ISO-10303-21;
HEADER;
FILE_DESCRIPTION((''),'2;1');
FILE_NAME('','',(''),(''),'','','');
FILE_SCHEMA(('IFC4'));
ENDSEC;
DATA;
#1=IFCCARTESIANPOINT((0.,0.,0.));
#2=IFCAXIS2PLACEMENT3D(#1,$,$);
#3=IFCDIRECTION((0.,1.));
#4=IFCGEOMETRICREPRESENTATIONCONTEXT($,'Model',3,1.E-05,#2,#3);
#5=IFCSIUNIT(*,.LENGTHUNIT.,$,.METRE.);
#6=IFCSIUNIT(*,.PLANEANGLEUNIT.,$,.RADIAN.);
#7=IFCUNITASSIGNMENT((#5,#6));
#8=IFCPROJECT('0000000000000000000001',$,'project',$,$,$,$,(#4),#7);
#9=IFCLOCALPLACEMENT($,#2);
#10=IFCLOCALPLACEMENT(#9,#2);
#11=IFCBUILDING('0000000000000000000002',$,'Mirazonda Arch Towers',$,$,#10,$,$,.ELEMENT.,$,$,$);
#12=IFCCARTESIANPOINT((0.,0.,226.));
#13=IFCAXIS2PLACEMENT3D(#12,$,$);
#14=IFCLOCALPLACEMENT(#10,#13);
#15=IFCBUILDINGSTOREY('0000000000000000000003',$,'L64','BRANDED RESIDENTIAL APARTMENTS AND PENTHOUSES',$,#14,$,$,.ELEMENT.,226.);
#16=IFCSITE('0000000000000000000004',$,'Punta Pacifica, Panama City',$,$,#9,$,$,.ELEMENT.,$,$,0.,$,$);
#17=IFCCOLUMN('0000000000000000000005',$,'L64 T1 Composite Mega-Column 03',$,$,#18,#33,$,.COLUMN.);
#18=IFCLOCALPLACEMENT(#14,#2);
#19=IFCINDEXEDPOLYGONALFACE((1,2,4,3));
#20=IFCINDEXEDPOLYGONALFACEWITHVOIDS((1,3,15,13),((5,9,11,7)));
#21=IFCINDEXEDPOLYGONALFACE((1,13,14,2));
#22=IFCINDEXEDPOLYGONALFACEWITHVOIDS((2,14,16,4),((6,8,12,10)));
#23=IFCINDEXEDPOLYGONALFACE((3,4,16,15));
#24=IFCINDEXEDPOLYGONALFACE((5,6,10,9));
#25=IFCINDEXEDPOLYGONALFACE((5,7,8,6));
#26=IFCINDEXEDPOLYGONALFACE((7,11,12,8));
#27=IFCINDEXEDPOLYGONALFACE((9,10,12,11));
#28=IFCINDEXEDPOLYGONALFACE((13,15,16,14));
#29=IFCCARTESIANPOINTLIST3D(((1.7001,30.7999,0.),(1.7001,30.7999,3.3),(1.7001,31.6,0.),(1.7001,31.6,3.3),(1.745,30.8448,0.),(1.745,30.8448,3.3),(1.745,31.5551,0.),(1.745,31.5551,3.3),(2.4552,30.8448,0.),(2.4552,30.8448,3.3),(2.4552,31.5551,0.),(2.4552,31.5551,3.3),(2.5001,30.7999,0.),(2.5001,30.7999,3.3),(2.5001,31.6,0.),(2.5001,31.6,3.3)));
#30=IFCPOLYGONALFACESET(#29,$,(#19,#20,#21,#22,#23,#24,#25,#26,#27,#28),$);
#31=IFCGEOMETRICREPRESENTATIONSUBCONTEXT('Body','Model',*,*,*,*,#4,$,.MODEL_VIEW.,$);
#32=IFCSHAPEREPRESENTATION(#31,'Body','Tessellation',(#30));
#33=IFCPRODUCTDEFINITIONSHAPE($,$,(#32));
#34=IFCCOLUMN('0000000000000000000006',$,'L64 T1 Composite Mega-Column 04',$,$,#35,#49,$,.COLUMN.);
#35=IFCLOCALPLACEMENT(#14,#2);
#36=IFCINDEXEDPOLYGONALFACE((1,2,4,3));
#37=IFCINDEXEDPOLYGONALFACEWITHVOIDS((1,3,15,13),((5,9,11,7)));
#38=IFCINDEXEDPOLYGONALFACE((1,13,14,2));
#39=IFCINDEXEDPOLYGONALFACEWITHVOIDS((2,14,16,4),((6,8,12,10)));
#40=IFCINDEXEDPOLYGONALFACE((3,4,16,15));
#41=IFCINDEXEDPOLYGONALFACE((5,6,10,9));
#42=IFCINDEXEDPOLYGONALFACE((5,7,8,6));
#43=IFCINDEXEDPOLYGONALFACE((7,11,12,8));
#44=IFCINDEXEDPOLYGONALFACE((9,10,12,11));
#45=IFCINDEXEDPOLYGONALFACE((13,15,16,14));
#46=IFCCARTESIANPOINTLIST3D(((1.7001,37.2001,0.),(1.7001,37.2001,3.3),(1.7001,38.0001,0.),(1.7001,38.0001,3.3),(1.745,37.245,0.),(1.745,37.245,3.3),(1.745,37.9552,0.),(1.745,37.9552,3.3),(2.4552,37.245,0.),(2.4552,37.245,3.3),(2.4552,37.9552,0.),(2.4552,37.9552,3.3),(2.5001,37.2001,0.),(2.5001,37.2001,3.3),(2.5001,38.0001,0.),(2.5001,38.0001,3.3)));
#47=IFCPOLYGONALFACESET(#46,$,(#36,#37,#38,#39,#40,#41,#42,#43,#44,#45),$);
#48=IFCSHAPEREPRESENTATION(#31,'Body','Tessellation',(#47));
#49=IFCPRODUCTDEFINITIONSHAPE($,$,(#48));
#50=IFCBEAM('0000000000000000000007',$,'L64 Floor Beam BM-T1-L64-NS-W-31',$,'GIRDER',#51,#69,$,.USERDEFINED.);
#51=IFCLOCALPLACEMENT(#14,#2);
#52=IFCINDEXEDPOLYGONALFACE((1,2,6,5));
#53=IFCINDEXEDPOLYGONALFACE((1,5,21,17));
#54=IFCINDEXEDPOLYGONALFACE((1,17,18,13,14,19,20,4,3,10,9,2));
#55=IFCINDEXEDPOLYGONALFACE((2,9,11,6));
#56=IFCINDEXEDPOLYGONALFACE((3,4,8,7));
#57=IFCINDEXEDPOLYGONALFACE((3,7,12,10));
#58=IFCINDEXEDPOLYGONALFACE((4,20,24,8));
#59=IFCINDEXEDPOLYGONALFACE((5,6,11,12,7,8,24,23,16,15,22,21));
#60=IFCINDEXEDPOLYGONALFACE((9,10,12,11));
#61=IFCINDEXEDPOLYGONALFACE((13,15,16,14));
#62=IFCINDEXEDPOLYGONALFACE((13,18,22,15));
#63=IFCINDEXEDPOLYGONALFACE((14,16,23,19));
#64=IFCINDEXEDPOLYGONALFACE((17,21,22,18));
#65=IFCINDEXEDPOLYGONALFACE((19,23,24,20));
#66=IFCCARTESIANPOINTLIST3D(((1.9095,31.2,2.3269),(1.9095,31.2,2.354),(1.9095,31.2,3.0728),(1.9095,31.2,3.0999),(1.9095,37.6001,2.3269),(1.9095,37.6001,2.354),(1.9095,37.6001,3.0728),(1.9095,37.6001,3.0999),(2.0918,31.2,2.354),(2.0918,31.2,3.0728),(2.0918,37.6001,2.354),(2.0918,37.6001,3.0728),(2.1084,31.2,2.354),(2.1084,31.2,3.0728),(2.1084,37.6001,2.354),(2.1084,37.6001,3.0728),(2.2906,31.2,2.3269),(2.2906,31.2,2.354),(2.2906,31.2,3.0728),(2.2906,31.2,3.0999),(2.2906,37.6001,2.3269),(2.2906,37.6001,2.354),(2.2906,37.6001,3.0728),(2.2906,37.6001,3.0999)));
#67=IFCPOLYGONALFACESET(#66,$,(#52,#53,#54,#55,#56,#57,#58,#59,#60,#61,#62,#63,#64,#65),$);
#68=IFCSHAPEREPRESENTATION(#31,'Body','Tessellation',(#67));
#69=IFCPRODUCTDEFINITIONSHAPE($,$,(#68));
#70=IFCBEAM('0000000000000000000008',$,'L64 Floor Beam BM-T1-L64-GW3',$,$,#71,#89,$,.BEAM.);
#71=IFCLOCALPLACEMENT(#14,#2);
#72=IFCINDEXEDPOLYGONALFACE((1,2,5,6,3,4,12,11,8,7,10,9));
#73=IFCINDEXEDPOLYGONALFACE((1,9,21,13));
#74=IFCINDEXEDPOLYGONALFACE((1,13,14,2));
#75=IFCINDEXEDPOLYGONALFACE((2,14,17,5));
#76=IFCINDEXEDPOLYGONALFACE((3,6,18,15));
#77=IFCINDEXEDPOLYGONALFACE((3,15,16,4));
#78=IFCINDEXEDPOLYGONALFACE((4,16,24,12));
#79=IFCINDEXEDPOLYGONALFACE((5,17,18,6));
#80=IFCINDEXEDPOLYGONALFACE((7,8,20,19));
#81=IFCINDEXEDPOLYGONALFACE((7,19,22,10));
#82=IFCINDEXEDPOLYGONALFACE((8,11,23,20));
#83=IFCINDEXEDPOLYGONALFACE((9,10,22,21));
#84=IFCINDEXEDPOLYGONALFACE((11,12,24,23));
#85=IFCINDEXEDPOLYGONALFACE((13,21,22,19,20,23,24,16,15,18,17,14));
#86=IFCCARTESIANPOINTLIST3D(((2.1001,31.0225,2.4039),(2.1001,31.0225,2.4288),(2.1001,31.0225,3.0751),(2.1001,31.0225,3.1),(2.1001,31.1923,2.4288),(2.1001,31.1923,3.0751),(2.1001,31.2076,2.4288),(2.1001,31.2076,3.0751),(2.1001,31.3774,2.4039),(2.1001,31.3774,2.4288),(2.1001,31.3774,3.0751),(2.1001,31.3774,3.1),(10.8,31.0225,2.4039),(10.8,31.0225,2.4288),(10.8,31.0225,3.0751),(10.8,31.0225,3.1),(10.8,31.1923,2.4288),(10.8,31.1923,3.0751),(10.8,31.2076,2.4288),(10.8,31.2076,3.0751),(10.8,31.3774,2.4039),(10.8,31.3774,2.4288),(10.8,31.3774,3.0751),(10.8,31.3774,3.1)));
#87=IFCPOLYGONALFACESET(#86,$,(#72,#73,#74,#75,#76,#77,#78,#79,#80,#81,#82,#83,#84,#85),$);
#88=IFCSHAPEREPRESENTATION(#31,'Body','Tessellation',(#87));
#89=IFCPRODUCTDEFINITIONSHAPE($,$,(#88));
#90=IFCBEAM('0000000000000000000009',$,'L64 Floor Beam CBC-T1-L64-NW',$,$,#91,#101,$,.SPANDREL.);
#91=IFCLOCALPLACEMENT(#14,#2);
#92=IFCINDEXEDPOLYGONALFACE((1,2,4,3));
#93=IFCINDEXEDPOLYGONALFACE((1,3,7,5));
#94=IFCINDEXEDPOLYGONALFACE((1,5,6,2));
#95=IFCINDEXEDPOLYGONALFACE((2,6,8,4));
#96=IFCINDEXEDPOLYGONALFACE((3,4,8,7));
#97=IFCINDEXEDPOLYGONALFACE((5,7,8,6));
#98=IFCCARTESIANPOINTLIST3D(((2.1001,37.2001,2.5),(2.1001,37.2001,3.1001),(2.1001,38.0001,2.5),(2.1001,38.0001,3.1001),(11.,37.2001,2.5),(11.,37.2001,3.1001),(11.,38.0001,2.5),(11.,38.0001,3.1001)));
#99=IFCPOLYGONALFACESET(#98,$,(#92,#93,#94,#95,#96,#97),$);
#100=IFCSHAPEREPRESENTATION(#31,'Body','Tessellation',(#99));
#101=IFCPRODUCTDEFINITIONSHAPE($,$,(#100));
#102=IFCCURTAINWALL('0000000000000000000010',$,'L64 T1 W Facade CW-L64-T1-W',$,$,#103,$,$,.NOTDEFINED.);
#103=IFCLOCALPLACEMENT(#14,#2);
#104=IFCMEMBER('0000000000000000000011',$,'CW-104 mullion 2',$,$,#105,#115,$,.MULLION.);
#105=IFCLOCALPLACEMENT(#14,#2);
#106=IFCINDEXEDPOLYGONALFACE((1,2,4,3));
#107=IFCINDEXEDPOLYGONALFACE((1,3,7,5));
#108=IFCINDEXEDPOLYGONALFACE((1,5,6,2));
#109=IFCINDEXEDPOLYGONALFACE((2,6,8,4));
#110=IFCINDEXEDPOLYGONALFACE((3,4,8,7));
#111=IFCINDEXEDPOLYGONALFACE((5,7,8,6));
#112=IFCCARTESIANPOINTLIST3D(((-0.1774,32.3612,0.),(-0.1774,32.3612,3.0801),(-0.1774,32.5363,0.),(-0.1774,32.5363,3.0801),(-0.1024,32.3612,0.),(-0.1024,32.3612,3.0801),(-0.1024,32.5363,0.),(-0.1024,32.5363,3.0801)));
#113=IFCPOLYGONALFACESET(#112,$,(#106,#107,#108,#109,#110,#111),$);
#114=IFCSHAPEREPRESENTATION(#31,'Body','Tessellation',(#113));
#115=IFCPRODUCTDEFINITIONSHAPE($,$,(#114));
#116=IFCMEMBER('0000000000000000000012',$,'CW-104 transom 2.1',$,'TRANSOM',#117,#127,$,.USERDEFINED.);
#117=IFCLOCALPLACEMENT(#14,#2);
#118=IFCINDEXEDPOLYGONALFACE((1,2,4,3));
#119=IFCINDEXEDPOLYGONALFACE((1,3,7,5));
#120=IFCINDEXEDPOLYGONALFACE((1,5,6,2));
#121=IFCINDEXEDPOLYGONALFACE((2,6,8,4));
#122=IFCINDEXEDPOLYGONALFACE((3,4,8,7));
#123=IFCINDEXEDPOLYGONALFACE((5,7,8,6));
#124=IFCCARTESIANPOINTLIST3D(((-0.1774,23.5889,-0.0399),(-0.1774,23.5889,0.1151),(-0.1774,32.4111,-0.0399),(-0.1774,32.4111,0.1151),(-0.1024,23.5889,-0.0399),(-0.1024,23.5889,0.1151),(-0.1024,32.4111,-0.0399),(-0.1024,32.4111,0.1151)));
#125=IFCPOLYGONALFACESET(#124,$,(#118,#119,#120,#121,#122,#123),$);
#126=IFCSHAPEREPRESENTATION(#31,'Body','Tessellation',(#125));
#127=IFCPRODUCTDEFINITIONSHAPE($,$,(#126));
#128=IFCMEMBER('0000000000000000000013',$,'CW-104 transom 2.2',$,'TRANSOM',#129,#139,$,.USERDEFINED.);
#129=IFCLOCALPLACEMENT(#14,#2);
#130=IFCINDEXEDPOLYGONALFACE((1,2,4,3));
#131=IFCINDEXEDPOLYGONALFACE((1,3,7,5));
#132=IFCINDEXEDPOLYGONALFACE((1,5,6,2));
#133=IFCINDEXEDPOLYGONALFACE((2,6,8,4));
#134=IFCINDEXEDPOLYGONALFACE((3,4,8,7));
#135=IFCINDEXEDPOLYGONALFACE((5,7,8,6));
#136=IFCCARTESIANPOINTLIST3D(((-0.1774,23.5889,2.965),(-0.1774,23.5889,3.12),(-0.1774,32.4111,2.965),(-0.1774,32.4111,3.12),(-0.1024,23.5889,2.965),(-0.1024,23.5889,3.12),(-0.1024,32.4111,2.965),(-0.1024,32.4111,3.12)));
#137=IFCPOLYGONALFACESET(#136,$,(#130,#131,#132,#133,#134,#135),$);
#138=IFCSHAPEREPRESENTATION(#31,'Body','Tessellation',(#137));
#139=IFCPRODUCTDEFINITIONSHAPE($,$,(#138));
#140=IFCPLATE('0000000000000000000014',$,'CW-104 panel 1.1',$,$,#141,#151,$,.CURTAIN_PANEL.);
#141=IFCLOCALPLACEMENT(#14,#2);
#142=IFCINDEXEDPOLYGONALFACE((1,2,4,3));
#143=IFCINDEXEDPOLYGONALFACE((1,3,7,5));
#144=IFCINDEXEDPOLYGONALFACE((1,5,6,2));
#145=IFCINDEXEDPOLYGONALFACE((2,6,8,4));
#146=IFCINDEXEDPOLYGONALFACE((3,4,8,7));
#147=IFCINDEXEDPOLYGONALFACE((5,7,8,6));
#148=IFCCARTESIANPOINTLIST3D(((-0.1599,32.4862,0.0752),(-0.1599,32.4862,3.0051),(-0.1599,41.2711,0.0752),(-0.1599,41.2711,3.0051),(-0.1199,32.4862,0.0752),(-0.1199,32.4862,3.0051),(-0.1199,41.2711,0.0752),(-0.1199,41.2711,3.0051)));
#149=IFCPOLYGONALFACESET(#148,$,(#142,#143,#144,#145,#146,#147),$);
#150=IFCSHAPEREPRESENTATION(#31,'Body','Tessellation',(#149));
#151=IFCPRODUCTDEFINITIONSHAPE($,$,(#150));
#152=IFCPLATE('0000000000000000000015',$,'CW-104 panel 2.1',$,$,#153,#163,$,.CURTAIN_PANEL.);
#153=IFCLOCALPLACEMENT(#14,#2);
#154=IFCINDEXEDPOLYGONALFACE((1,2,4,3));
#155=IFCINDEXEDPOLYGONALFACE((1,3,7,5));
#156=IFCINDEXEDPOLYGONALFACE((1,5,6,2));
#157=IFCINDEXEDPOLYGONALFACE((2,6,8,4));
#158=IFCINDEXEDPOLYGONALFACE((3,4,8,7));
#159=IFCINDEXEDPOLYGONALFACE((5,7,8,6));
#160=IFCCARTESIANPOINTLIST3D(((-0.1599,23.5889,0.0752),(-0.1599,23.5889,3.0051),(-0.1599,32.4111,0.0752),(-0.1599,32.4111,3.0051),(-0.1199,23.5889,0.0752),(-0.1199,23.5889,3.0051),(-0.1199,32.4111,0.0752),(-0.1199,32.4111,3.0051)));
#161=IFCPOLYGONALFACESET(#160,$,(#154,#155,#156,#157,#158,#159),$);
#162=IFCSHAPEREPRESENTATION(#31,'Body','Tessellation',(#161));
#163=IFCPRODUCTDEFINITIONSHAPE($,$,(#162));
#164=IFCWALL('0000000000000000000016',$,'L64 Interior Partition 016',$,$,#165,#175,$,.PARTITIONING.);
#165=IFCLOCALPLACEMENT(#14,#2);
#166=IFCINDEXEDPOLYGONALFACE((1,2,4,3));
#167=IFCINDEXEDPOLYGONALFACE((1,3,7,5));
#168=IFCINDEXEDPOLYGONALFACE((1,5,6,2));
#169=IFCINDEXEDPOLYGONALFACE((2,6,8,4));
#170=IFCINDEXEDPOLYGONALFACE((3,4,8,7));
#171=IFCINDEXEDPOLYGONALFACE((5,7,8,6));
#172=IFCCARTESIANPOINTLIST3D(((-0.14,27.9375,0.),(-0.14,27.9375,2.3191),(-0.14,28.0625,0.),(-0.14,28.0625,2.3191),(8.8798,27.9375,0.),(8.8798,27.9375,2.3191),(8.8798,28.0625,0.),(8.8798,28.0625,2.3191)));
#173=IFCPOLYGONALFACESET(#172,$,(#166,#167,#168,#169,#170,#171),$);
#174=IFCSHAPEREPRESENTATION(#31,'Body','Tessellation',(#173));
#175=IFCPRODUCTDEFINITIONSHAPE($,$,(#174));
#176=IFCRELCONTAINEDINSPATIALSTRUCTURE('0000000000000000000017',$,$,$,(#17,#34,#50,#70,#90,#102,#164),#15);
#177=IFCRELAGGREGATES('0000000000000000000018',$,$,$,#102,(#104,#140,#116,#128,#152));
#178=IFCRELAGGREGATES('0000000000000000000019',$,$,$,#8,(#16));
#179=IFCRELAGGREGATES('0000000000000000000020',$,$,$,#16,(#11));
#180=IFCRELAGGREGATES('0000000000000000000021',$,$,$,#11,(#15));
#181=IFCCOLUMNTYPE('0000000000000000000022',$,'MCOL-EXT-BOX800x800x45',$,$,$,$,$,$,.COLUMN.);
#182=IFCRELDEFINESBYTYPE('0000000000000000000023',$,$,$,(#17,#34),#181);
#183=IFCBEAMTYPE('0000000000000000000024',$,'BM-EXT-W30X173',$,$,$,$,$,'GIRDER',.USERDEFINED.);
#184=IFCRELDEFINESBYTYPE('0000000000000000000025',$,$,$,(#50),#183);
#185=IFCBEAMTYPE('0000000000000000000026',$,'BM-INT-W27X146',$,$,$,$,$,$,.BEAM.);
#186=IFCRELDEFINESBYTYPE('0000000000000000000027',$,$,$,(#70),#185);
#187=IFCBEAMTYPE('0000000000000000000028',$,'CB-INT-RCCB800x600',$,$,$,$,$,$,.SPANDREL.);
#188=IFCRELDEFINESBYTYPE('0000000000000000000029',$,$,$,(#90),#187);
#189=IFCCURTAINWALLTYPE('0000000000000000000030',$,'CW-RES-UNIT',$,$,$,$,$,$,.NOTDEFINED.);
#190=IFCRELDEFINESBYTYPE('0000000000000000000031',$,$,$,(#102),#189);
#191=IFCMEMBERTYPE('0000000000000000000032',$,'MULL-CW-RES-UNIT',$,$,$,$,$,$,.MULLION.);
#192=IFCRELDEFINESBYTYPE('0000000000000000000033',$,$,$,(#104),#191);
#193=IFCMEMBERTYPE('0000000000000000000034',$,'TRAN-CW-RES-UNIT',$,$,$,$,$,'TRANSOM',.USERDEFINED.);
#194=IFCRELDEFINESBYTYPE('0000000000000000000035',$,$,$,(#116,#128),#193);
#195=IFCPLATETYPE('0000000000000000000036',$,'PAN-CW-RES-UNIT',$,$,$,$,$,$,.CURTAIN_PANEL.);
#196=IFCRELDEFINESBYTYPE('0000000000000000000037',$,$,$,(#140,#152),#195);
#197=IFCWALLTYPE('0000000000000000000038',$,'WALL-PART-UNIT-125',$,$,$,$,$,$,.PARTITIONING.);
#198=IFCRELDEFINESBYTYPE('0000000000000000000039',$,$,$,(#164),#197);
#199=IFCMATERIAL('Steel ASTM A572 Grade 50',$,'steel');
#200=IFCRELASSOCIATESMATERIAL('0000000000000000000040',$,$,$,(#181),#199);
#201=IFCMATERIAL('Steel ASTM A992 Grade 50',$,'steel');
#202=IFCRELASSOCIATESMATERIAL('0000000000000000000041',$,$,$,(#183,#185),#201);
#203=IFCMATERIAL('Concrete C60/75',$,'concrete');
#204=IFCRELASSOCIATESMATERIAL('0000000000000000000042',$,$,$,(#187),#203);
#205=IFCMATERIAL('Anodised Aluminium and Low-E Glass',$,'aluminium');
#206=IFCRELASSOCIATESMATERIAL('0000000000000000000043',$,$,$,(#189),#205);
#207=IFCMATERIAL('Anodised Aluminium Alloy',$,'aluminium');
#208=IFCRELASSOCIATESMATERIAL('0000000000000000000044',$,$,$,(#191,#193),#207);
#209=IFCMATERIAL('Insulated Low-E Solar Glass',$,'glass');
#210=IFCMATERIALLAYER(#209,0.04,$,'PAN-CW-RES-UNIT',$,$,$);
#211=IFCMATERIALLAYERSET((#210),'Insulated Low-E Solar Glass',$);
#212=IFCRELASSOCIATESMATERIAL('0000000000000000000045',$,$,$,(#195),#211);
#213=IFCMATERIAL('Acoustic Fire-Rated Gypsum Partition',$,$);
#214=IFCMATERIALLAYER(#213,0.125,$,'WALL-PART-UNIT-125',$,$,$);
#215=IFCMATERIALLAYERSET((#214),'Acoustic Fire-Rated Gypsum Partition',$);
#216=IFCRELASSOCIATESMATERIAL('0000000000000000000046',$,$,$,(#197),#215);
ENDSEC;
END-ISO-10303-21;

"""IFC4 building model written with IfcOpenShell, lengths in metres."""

from ifc_helpers import new_model, si_unit, direction, frame, frame_2d, origin, origin_2d, place, context, subcontext, project, spatial, rectangle, hollow_rectangle, i_section, extrude, material, layer, layer_set, material_profile, profile_set, type_object, element, aggregate, save


model = new_model("IFC4")

# Units and contexts
model_context = context("Model", 3, precision=1e-05, world=origin(), true_north=direction((0.0, 1.0)))
body_context = subcontext(model_context, "Body", "Model", "MODEL_VIEW")
ifc_project = project(units=[si_unit("LENGTHUNIT", "METRE"), si_unit("PLANEANGLEUNIT", "RADIAN")], contexts=[model_context])

# Site, building, storey
site_placement = place(None, origin())
site = spatial("IfcSite", under=ifc_project, at=site_placement, Name="Punta Pacifica, Panama City", CompositionType="ELEMENT", RefElevation=0.0)
building_placement = place(site_placement, origin())
building = spatial("IfcBuilding", under=site, at=building_placement, Name="Mirazonda Arch Towers", CompositionType="ELEMENT")
storey_placement = place(building_placement, frame((0.0, 0.0, 226.0)))
storey = spatial("IfcBuildingStorey", under=building, at=storey_placement, Name="L64", Description="BRANDED RESIDENTIAL APARTMENTS AND PENTHOUSES", CompositionType="ELEMENT", Elevation=226.0)

# Columns
ifc_material_1 = material(Name="Steel ASTM A572 Grade 50", Category="steel")
ifc_material_profile_1 = material_profile(ifc_material_1, hollow_rectangle(XDim=0.8, YDim=0.8, WallThickness=0.0449, at=origin_2d()), Name="BOX800x800x45")
ifc_profile_set_1 = profile_set([ifc_material_profile_1], Name="Steel ASTM A572 Grade 50")
column_type = type_object("IfcColumnType", Name="MCOL-EXT-BOX800x800x45", PredefinedType="COLUMN", material=ifc_profile_set_1)
for number, where, z_axis, x_axis, name in (
    (1, (2.1001, 31.2, 0.0), (0.0, 0.0, 1.0), (1.0, 0.0, 0.0), "L64 T1 Composite Mega-Column 03"),
    (2, (2.1001, 37.6001, 0.0), (0.0, 0.0, 1.0), (1.0, 0.0, 0.0), "L64 T1 Composite Mega-Column 04"),
):
    element("IfcColumn", number, at=place(storey_placement, frame(where, z_axis=z_axis, x_axis=x_axis)), inside=storey, type_object=column_type, Name=name, PredefinedType="COLUMN", context=body_context, shape_type="SweptSolid", body=[
        extrude(hollow_rectangle(XDim=0.8, YDim=0.8, WallThickness=0.0449, at=origin_2d()), origin(), (0.0, 0.0, 1.0), 3.3),
    ])

# Beams
ifc_material_2 = material(Name="Steel ASTM A992 Grade 50", Category="steel")
ifc_material_profile_2 = material_profile(ifc_material_2, i_section(OverallWidth=0.3811, OverallDepth=0.7729, WebThickness=0.0166, FlangeThickness=0.0271, at=origin_2d()), Name="W30X173")
ifc_profile_set_2 = profile_set([ifc_material_profile_2], Name="Steel ASTM A992 Grade 50")
beam_type_1 = type_object("IfcBeamType", Name="BM-EXT-W30X173", ElementType="GIRDER", PredefinedType="USERDEFINED", material=ifc_profile_set_2)
beam_1_placement = place(storey_placement, frame((2.1001, 31.2, 2.7134), z_axis=(0.0, 1.0, 0.0), x_axis=(-1.0, 0.0, 0.0)))
element("IfcBeam", 3, at=beam_1_placement, inside=storey, type_object=beam_type_1, Name="L64 Floor Beam BM-T1-L64-NS-W-31", ObjectType="GIRDER", PredefinedType="USERDEFINED", context=body_context, shape_type="SweptSolid", body=[
    extrude(i_section(OverallWidth=0.3811, OverallDepth=0.7729, WebThickness=0.0166, FlangeThickness=0.0271, at=origin_2d()), origin(), (0.0, 0.0, 1.0), 6.4001),
])
ifc_material_profile_3 = material_profile(ifc_material_2, i_section(OverallWidth=0.355, OverallDepth=0.696, WebThickness=0.0154, FlangeThickness=0.0249, at=origin_2d()), Name="W27X146")
ifc_profile_set_3 = profile_set([ifc_material_profile_3], Name="Steel ASTM A992 Grade 50")
beam_type_2 = type_object("IfcBeamType", Name="BM-INT-W27X146", PredefinedType="BEAM", material=ifc_profile_set_3)
beam_2_placement = place(storey_placement, frame((2.1001, 31.2, 2.752), z_axis=(1.0, 0.0, 0.0), x_axis=(0.0, 1.0, 0.0)))
element("IfcBeam", 4, at=beam_2_placement, inside=storey, type_object=beam_type_2, Name="L64 Floor Beam BM-T1-L64-GW3", PredefinedType="BEAM", context=body_context, shape_type="SweptSolid", body=[
    extrude(i_section(OverallWidth=0.355, OverallDepth=0.696, WebThickness=0.0154, FlangeThickness=0.0249, at=origin_2d()), origin(), (0.0, 0.0, 1.0), 8.7),
])
ifc_material_3 = material(Name="Concrete C60/75", Category="concrete")
ifc_material_profile_4 = material_profile(ifc_material_3, rectangle(XDim=0.8, YDim=0.6001, at=origin_2d()), Name="RCCB800x600")
ifc_profile_set_4 = profile_set([ifc_material_profile_4], Name="Concrete C60/75")
beam_type_3 = type_object("IfcBeamType", Name="CB-INT-RCCB800x600", PredefinedType="SPANDREL", material=ifc_profile_set_4)
beam_3_placement = place(storey_placement, frame((2.1001, 37.6001, 2.8), z_axis=(1.0, 0.0, 0.0), x_axis=(0.0, 1.0, 0.0)))
element("IfcBeam", 5, at=beam_3_placement, inside=storey, type_object=beam_type_3, Name="L64 Floor Beam CBC-T1-L64-NW", PredefinedType="SPANDREL", context=body_context, shape_type="SweptSolid", body=[
    extrude(rectangle(XDim=0.8, YDim=0.6001, at=origin_2d()), origin(), (0.0, 0.0, 1.0), 8.8999),
])

# Curtain wall, members, plates
ifc_material_4 = material(Name="Anodised Aluminium and Low-E Glass", Category="aluminium")
curtain_wall_type = type_object("IfcCurtainWallType", Name="CW-RES-UNIT", PredefinedType="NOTDEFINED", material=ifc_material_4)
curtain_wall_placement = place(storey_placement, origin())
curtain_wall = element("IfcCurtainWall", 6, at=curtain_wall_placement, inside=storey, type_object=curtain_wall_type, Name="L64 T1 W Facade CW-L64-T1-W", PredefinedType="NOTDEFINED")
ifc_material_5 = material(Name="Anodised Aluminium Alloy", Category="aluminium")
ifc_material_profile_5 = material_profile(ifc_material_5, rectangle(XDim=0.075, YDim=0.175, at=origin_2d()), Name="ALU-MULL-75x175")
ifc_profile_set_5 = profile_set([ifc_material_profile_5], Name="Anodised Aluminium Alloy")
member_type_1 = type_object("IfcMemberType", Name="MULL-CW-RES-UNIT", PredefinedType="MULLION", material=ifc_profile_set_5)
member_1_placement = place(storey_placement, frame((-0.1399, 32.4487, 0.0), z_axis=(0.0, 0.0, 1.0), x_axis=(1.0, 0.0, 0.0)))
member_1 = element("IfcMember", 7, at=member_1_placement, type_object=member_type_1, Name="CW-104 mullion 2", PredefinedType="MULLION", context=body_context, shape_type="SweptSolid", body=[
    extrude(rectangle(XDim=0.075, YDim=0.175, at=origin_2d()), origin(), (0.0, 0.0, 1.0), 3.0801),
])
ifc_material_profile_6 = material_profile(ifc_material_5, rectangle(XDim=0.075, YDim=0.155, at=origin_2d()), Name="ALU-TRAN-75x155")
ifc_profile_set_6 = profile_set([ifc_material_profile_6], Name="Anodised Aluminium Alloy")
member_type_2 = type_object("IfcMemberType", Name="TRAN-CW-RES-UNIT", ElementType="TRANSOM", PredefinedType="USERDEFINED", material=ifc_profile_set_6)
member_2_placement = place(storey_placement, frame((-0.1399, 32.4111, 0.0376), z_axis=(0.0, -1.0, 0.0), x_axis=(1.0, 0.0, 0.0)))
member_2 = element("IfcMember", 8, at=member_2_placement, type_object=member_type_2, Name="CW-104 transom 2.1", ObjectType="TRANSOM", PredefinedType="USERDEFINED", context=body_context, shape_type="SweptSolid", body=[
    extrude(rectangle(XDim=0.075, YDim=0.155, at=origin_2d()), origin(), (0.0, 0.0, 1.0), 8.8223),
])
member_3_placement = place(storey_placement, frame((-0.1399, 32.4111, 3.0425), z_axis=(0.0, -1.0, 0.0), x_axis=(1.0, 0.0, 0.0)))
member_3 = element("IfcMember", 9, at=member_3_placement, type_object=member_type_2, Name="CW-104 transom 2.2", ObjectType="TRANSOM", PredefinedType="USERDEFINED", context=body_context, shape_type="SweptSolid", body=[
    extrude(rectangle(XDim=0.075, YDim=0.155, at=origin_2d()), origin(), (0.0, 0.0, 1.0), 8.8223),
])
ifc_material_6 = material(Name="Insulated Low-E Solar Glass", Category="glass")
ifc_layer_1 = layer(ifc_material_6, 0.04, Name="PAN-CW-RES-UNIT")
ifc_layer_set_1 = layer_set([ifc_layer_1], Name="Insulated Low-E Solar Glass")
plate_type = type_object("IfcPlateType", Name="PAN-CW-RES-UNIT", PredefinedType="CURTAIN_PANEL", material=ifc_layer_set_1)
plate_1_placement = place(storey_placement, frame((-0.1399, 36.8787, 0.0752), z_axis=(0.0, 0.0, 1.0), x_axis=(0.0, -1.0, 0.0)))
plate_1 = element("IfcPlate", 10, at=plate_1_placement, type_object=plate_type, Name="CW-104 panel 1.1", PredefinedType="CURTAIN_PANEL", context=body_context, shape_type="SweptSolid", body=[
    extrude(rectangle(XDim=8.7849, YDim=0.04, at=origin_2d()), origin(), (0.0, 0.0, 1.0), 2.9299),
])
plate_2_placement = place(storey_placement, frame((-0.1399, 28.0, 0.0752), z_axis=(0.0, 0.0, 1.0), x_axis=(0.0, -1.0, 0.0)))
plate_2 = element("IfcPlate", 11, at=plate_2_placement, type_object=plate_type, Name="CW-104 panel 2.1", PredefinedType="CURTAIN_PANEL", context=body_context, shape_type="SweptSolid", body=[
    extrude(rectangle(XDim=8.8223, YDim=0.04, at=origin_2d()), origin(), (0.0, 0.0, 1.0), 2.9299),
])
aggregate(curtain_wall, [member_1, plate_1, member_2, member_3, plate_2])

# Wall
ifc_material_7 = material(Name="Acoustic Fire-Rated Gypsum Partition")
ifc_layer_2 = layer(ifc_material_7, 0.125, Name="WALL-PART-UNIT-125")
ifc_layer_set_2 = layer_set([ifc_layer_2], Name="Acoustic Fire-Rated Gypsum Partition")
wall_type_1 = type_object("IfcWallType", Name="WALL-PART-UNIT-125", PredefinedType="PARTITIONING", material=ifc_layer_set_2)
wall_1_placement = place(storey_placement, frame((-0.1399, 28.0, 0.0), z_axis=(0.0, 0.0, 1.0), x_axis=(1.0, 0.0, 0.0)))
element("IfcWall", 12, at=wall_1_placement, inside=storey, type_object=wall_type_1, Name="L64 Interior Partition 016", PredefinedType="PARTITIONING", context=body_context, shape_type="SweptSolid", body=[
    extrude(rectangle(XDim=9.0198, YDim=0.125, at=frame_2d((4.5098, 0.0))), origin(), (0.0, 0.0, 1.0), 2.3191),
])

save(model, "model.ifc")
